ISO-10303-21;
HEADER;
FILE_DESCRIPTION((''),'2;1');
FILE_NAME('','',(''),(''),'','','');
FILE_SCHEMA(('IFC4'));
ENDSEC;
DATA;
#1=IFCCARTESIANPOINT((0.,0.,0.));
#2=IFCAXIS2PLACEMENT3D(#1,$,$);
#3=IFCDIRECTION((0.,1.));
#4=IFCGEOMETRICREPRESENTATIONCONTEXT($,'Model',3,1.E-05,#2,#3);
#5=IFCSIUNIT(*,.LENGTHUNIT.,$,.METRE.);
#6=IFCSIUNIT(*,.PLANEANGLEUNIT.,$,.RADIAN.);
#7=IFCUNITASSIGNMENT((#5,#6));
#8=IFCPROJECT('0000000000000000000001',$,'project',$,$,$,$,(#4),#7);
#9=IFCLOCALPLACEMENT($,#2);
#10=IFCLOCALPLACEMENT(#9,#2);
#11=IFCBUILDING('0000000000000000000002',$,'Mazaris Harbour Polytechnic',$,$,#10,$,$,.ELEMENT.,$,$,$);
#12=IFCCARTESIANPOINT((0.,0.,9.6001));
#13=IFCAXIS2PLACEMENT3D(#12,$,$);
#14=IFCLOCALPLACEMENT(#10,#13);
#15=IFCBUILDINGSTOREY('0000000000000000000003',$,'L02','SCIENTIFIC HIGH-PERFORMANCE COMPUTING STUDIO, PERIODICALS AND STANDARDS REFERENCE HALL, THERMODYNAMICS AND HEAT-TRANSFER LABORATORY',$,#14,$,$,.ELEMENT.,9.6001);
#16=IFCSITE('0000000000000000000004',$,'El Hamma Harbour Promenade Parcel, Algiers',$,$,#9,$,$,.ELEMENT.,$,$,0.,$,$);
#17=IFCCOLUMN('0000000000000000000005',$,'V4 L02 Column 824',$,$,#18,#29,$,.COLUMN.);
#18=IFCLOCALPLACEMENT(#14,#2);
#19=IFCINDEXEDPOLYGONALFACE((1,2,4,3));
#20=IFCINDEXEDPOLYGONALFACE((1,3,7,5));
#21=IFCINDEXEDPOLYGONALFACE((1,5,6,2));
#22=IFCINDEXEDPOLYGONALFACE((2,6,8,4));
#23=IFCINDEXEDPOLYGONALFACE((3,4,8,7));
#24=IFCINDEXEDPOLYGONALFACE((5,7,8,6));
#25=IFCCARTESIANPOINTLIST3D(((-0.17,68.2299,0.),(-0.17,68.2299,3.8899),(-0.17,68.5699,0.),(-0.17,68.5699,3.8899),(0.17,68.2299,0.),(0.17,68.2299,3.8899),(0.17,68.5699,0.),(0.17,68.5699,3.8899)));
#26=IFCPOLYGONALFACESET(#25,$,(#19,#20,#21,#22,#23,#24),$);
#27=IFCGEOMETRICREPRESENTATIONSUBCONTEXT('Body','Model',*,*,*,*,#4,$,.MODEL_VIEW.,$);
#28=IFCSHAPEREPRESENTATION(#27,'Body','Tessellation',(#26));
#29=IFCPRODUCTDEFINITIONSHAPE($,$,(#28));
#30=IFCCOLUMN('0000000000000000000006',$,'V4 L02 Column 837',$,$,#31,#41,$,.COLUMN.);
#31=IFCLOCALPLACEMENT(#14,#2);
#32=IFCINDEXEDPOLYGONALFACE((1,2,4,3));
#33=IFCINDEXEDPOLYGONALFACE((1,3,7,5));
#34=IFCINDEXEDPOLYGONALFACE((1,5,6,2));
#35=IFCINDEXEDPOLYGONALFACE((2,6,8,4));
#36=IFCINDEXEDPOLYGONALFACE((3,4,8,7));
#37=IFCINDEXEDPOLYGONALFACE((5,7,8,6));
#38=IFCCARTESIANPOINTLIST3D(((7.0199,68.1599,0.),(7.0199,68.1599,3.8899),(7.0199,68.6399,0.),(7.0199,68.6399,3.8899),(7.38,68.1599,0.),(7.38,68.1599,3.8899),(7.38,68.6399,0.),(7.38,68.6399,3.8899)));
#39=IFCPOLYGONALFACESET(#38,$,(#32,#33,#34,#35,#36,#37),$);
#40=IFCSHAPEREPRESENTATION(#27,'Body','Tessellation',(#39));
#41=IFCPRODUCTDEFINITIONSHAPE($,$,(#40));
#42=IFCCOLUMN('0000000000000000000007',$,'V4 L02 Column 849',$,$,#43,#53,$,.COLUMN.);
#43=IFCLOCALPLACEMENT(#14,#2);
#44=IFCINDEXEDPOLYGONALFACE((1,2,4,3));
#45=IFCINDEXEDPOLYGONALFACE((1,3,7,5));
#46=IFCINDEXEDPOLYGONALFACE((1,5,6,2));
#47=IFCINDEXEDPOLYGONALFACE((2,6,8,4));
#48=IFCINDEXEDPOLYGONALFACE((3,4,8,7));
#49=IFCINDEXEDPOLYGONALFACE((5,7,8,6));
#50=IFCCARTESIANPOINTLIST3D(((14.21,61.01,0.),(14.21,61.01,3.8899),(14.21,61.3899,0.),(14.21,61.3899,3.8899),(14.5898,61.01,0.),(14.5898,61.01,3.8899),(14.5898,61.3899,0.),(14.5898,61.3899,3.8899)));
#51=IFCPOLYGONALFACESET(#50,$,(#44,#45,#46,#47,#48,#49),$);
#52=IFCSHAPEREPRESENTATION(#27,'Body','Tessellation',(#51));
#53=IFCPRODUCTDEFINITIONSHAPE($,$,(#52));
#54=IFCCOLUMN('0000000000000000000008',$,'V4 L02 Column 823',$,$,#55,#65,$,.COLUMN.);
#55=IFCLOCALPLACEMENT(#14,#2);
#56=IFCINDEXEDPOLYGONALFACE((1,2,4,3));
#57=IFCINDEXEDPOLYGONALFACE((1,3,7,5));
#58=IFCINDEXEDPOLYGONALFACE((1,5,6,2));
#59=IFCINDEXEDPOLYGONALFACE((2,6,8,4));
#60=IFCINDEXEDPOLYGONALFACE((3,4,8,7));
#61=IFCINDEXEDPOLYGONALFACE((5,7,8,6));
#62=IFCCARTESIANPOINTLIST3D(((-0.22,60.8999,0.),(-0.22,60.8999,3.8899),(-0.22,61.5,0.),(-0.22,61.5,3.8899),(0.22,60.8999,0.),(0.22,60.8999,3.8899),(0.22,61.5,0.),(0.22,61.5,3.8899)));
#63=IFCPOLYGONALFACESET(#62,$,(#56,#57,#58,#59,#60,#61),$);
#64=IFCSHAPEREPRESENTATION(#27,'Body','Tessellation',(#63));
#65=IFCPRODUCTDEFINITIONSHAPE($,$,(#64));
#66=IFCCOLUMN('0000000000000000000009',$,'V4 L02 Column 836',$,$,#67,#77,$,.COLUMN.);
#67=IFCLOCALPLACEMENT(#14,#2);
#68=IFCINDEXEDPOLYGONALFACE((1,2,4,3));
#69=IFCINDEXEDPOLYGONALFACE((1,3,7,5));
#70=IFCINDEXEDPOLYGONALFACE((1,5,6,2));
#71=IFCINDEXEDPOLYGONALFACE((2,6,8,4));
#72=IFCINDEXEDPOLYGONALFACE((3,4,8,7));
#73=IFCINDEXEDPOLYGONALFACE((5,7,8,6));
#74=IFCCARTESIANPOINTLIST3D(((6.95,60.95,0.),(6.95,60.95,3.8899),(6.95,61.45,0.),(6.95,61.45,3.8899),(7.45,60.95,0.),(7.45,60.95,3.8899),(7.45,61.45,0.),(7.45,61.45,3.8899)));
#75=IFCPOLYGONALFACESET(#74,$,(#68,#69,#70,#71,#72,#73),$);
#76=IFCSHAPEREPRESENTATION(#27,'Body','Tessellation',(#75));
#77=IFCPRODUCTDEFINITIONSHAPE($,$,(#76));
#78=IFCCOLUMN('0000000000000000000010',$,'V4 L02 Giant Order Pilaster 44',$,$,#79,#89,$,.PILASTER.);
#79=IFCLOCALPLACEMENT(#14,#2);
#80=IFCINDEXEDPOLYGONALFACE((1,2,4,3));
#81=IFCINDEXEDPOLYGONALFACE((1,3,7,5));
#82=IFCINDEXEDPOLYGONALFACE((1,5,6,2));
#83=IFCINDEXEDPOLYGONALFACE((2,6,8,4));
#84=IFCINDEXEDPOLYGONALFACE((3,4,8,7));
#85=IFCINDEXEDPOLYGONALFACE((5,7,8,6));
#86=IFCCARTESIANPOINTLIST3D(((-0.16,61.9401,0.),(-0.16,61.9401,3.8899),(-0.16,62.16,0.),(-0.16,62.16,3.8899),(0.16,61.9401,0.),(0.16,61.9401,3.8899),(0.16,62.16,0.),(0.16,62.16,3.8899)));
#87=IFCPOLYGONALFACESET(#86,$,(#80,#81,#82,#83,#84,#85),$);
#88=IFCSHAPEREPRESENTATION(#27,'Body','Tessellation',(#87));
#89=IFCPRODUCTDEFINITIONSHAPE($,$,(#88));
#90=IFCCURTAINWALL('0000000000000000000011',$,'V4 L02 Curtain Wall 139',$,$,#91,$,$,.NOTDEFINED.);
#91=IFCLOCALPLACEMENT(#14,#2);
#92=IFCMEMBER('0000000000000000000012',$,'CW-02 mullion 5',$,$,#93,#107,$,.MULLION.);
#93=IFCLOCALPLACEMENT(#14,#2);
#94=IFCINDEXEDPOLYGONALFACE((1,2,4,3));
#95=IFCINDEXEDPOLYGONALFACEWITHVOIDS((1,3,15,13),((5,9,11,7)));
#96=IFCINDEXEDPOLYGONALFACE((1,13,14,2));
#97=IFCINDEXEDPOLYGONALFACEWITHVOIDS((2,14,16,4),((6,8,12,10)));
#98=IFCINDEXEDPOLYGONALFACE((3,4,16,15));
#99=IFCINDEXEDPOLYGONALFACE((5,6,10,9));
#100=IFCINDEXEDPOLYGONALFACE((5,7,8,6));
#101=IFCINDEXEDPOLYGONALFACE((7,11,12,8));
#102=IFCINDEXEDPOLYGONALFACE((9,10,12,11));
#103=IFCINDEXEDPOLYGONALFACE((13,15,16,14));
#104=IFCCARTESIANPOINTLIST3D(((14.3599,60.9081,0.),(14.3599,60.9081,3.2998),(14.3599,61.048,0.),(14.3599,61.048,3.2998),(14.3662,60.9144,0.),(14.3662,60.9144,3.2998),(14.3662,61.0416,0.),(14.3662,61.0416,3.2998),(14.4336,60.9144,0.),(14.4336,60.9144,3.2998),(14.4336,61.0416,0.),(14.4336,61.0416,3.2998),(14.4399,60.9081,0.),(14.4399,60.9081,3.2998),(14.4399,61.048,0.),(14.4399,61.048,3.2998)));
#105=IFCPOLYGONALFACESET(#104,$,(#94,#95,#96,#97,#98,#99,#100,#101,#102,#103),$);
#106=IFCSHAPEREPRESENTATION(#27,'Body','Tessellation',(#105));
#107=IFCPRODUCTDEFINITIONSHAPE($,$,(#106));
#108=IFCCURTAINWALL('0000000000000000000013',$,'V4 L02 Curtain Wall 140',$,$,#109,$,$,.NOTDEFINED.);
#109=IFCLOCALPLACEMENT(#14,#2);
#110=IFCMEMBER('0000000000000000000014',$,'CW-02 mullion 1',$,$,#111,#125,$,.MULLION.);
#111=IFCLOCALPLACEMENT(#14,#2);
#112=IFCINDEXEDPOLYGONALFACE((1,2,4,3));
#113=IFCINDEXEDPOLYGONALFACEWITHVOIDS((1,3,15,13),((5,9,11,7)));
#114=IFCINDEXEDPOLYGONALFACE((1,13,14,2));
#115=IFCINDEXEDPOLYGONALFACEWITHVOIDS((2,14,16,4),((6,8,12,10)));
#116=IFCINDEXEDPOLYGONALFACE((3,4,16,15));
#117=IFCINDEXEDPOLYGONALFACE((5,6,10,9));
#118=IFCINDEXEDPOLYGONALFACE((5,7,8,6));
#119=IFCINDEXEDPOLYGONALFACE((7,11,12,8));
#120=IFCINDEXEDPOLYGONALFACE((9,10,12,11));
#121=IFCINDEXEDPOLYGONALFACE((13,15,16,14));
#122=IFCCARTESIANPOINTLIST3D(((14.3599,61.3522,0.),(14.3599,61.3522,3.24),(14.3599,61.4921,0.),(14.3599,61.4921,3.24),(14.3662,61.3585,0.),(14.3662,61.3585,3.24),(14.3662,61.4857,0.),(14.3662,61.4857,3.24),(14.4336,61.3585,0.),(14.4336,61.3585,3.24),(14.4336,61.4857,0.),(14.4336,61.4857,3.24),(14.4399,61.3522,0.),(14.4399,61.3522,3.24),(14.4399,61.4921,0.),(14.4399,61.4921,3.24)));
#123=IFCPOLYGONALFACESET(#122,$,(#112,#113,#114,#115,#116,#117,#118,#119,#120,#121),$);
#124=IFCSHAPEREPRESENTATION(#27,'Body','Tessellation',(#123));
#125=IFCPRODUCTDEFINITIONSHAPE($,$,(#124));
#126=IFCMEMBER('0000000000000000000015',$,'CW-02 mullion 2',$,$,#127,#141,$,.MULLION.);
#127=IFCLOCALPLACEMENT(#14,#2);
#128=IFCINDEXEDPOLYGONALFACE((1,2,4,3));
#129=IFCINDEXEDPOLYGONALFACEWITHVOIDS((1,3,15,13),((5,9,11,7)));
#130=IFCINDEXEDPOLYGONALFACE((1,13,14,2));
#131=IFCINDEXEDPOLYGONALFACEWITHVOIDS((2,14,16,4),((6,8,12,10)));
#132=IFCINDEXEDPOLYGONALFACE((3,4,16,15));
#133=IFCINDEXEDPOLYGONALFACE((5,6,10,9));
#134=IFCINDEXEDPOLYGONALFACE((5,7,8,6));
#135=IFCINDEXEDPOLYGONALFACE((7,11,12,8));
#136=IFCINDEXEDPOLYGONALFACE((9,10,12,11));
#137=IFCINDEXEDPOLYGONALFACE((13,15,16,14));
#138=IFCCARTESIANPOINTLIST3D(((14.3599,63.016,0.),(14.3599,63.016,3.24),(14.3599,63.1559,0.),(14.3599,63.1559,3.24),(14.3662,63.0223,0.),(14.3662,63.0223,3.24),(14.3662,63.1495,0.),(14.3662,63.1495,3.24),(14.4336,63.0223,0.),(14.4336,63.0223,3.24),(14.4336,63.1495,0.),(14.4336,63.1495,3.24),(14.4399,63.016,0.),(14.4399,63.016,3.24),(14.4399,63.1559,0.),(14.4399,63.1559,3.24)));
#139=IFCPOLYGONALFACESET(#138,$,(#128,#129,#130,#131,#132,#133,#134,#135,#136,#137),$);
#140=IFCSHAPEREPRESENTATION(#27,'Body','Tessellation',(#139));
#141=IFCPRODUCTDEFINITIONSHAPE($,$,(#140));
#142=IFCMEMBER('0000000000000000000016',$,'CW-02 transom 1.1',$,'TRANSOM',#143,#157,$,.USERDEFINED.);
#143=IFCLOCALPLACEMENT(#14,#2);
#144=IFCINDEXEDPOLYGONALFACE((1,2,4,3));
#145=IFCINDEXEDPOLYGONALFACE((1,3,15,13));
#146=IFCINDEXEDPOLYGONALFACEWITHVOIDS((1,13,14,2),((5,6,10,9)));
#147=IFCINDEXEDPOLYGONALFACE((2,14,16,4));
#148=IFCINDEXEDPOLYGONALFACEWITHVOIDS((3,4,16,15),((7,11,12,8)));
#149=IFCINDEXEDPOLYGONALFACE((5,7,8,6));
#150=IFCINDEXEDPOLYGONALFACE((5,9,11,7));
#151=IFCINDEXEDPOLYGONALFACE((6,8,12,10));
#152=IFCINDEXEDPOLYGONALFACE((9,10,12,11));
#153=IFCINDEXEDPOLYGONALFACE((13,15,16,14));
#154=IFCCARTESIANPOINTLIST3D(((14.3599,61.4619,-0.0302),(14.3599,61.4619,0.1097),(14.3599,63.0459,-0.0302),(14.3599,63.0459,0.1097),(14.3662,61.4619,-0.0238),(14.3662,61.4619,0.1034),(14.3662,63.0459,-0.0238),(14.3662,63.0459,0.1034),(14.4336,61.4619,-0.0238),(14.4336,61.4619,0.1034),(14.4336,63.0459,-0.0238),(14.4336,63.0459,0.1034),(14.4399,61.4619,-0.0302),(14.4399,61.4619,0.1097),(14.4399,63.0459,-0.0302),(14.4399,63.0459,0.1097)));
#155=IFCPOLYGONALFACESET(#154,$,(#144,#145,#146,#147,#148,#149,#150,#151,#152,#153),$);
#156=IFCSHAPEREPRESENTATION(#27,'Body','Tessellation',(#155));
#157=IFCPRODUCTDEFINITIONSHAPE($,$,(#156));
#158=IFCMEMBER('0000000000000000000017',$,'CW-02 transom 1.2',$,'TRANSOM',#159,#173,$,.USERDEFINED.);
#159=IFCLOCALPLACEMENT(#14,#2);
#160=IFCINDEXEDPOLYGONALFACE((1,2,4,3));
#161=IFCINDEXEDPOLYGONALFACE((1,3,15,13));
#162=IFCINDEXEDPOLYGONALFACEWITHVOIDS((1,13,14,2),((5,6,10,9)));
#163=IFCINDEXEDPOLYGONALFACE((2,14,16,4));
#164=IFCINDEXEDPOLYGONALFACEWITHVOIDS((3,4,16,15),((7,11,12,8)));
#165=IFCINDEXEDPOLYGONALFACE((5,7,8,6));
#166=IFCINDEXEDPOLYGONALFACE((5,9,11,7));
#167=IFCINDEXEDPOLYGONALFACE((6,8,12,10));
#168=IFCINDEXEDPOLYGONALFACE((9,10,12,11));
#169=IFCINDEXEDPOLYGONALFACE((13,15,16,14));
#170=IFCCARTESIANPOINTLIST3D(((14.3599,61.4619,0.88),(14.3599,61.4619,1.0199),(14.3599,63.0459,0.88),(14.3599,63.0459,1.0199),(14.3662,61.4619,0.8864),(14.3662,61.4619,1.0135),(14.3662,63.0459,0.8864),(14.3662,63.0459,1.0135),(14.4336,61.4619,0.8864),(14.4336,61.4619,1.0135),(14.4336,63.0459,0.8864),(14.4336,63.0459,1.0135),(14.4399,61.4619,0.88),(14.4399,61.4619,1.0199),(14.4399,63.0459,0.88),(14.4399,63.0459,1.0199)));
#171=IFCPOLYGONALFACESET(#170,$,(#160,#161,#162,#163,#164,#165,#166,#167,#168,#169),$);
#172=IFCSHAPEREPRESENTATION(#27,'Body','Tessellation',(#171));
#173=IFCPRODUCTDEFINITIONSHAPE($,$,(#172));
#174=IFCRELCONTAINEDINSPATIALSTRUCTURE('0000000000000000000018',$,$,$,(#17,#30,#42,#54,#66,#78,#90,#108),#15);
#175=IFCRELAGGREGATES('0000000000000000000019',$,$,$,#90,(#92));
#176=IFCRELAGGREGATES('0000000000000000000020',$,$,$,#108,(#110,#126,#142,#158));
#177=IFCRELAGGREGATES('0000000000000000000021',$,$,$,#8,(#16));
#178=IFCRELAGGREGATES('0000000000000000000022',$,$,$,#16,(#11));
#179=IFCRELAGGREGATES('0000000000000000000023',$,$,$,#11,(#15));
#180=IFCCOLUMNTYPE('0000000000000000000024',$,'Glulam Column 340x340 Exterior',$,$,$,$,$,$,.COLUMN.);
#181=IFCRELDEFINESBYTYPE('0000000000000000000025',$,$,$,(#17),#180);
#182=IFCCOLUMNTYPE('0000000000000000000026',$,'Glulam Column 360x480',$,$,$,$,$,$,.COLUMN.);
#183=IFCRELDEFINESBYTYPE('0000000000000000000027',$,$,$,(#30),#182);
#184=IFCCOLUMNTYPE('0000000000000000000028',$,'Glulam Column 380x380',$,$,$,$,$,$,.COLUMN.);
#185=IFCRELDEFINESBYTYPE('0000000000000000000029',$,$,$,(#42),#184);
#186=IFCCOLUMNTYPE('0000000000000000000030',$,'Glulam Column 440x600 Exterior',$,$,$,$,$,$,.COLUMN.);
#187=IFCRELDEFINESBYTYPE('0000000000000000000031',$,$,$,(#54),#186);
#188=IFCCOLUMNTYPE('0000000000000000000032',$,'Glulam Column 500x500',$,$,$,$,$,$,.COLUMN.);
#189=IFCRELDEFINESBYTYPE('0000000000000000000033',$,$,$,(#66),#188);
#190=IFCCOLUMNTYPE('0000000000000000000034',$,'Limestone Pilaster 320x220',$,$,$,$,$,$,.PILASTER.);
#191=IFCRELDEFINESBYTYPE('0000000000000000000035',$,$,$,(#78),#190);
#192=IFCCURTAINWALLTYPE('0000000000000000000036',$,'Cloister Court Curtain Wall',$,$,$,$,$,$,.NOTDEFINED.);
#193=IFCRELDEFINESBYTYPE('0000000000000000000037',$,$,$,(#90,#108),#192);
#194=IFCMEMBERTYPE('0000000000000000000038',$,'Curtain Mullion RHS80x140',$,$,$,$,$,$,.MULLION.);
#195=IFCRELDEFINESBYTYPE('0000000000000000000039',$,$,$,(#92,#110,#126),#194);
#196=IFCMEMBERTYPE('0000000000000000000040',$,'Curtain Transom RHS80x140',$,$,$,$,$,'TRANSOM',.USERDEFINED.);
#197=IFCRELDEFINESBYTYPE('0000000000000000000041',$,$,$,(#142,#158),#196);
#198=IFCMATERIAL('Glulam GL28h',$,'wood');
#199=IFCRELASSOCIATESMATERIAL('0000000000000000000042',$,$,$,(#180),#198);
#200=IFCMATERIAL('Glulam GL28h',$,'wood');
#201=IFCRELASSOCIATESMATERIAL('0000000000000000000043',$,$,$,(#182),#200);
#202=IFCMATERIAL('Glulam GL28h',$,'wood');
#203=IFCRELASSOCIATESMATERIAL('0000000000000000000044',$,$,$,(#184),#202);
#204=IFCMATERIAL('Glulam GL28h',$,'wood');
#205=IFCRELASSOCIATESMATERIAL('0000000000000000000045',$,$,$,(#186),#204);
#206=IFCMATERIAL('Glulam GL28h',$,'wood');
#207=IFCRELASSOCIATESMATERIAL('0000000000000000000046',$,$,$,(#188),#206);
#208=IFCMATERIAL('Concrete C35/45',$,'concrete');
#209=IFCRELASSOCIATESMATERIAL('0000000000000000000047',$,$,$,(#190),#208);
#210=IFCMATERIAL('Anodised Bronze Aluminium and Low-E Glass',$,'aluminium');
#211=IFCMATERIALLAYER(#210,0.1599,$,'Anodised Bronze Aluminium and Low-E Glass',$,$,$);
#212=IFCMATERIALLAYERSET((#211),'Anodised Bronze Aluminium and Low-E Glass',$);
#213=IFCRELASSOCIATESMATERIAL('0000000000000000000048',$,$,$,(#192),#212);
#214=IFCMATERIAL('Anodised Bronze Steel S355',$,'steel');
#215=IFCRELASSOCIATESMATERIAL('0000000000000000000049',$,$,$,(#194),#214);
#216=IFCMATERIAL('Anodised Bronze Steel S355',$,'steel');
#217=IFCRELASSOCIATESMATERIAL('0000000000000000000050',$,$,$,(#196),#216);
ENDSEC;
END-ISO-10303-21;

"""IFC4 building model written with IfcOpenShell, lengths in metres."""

from ifc_helpers import new_model, si_unit, direction, frame, origin, origin_2d, place, context, subcontext, project, spatial, rectangle, hollow_rectangle, extrude, material, layer, layer_set, material_profile, profile_set, type_object, element, aggregate, save


model = new_model("IFC4")

# Units and contexts
model_context = context("Model", 3, precision=1e-05, world=origin(), true_north=direction((0.0, 1.0)))
body_context = subcontext(model_context, "Body", "Model", "MODEL_VIEW")
ifc_project = project(units=[si_unit("LENGTHUNIT", "METRE"), si_unit("PLANEANGLEUNIT", "RADIAN")], contexts=[model_context])

# Site, building, storey
site_placement = place(None, origin())
site = spatial("IfcSite", under=ifc_project, at=site_placement, Name="El Hamma Harbour Promenade Parcel, Algiers", CompositionType="ELEMENT", RefElevation=0.0)
building_placement = place(site_placement, origin())
building = spatial("IfcBuilding", under=site, at=building_placement, Name="Mazaris Harbour Polytechnic", CompositionType="ELEMENT")
storey_placement = place(building_placement, frame((0.0, 0.0, 9.6001)))
storey = spatial("IfcBuildingStorey", under=building, at=storey_placement, Name="L02", Description="SCIENTIFIC HIGH-PERFORMANCE COMPUTING STUDIO, PERIODICALS AND STANDARDS REFERENCE HALL, THERMODYNAMICS AND HEAT-TRANSFER LABORATORY", CompositionType="ELEMENT", Elevation=9.6001)

# Columns
ifc_material_1 = material(Name="Glulam GL28h", Category="wood")
ifc_material_profile_1 = material_profile(ifc_material_1, rectangle(XDim=0.3401, YDim=0.3401, at=origin_2d()), Name="RECT340x340")
ifc_profile_set_1 = profile_set([ifc_material_profile_1], Name="Glulam GL28h")
column_type_1 = type_object("IfcColumnType", Name="Glulam Column 340x340 Exterior", PredefinedType="COLUMN", material=ifc_profile_set_1)
column_1_placement = place(storey_placement, frame((0.0, 68.3999, 0.0), z_axis=(0.0, 0.0, 1.0), x_axis=(1.0, 0.0, 0.0)))
element("IfcColumn", 1, at=column_1_placement, inside=storey, type_object=column_type_1, Name="V4 L02 Column 824", PredefinedType="COLUMN", context=body_context, shape_type="SweptSolid", body=[
    extrude(rectangle(XDim=0.3401, YDim=0.3401, at=origin_2d()), origin(), (0.0, 0.0, 1.0), 3.8899),
])
ifc_material_2 = material(Name="Glulam GL28h", Category="wood")
ifc_material_profile_2 = material_profile(ifc_material_2, rectangle(XDim=0.3601, YDim=0.48, at=origin_2d()), Name="RECT360x480")
ifc_profile_set_2 = profile_set([ifc_material_profile_2], Name="Glulam GL28h")
column_type_2 = type_object("IfcColumnType", Name="Glulam Column 360x480", PredefinedType="COLUMN", material=ifc_profile_set_2)
column_2_placement = place(storey_placement, frame((7.2, 68.3999, 0.0), z_axis=(0.0, 0.0, 1.0), x_axis=(1.0, 0.0, 0.0)))
element("IfcColumn", 2, at=column_2_placement, inside=storey, type_object=column_type_2, Name="V4 L02 Column 837", PredefinedType="COLUMN", context=body_context, shape_type="SweptSolid", body=[
    extrude(rectangle(XDim=0.3601, YDim=0.48, at=origin_2d()), origin(), (0.0, 0.0, 1.0), 3.8899),
])
ifc_material_3 = material(Name="Glulam GL28h", Category="wood")
ifc_material_profile_3 = material_profile(ifc_material_3, rectangle(XDim=0.3799, YDim=0.3799, at=origin_2d()), Name="RECT380x380")
ifc_profile_set_3 = profile_set([ifc_material_profile_3], Name="Glulam GL28h")
column_type_3 = type_object("IfcColumnType", Name="Glulam Column 380x380", PredefinedType="COLUMN", material=ifc_profile_set_3)
column_3_placement = place(storey_placement, frame((14.3999, 61.2, 0.0), z_axis=(0.0, 0.0, 1.0), x_axis=(1.0, 0.0, 0.0)))
element("IfcColumn", 3, at=column_3_placement, inside=storey, type_object=column_type_3, Name="V4 L02 Column 849", PredefinedType="COLUMN", context=body_context, shape_type="SweptSolid", body=[
    extrude(rectangle(XDim=0.3799, YDim=0.3799, at=origin_2d()), origin(), (0.0, 0.0, 1.0), 3.8899),
])
ifc_material_4 = material(Name="Glulam GL28h", Category="wood")
ifc_material_profile_4 = material_profile(ifc_material_4, rectangle(XDim=0.4399, YDim=0.6001, at=origin_2d()), Name="RECT440x600")
ifc_profile_set_4 = profile_set([ifc_material_profile_4], Name="Glulam GL28h")
column_type_4 = type_object("IfcColumnType", Name="Glulam Column 440x600 Exterior", PredefinedType="COLUMN", material=ifc_profile_set_4)
column_4_placement = place(storey_placement, frame((0.0, 61.2, 0.0), z_axis=(0.0, 0.0, 1.0), x_axis=(1.0, 0.0, 0.0)))
element("IfcColumn", 4, at=column_4_placement, inside=storey, type_object=column_type_4, Name="V4 L02 Column 823", PredefinedType="COLUMN", context=body_context, shape_type="SweptSolid", body=[
    extrude(rectangle(XDim=0.4399, YDim=0.6001, at=origin_2d()), origin(), (0.0, 0.0, 1.0), 3.8899),
])
ifc_material_5 = material(Name="Glulam GL28h", Category="wood")
ifc_material_profile_5 = material_profile(ifc_material_5, rectangle(XDim=0.5, YDim=0.5, at=origin_2d()), Name="RECT500x500")
ifc_profile_set_5 = profile_set([ifc_material_profile_5], Name="Glulam GL28h")
column_type_5 = type_object("IfcColumnType", Name="Glulam Column 500x500", PredefinedType="COLUMN", material=ifc_profile_set_5)
column_5_placement = place(storey_placement, frame((7.2, 61.2, 0.0), z_axis=(0.0, 0.0, 1.0), x_axis=(1.0, 0.0, 0.0)))
element("IfcColumn", 5, at=column_5_placement, inside=storey, type_object=column_type_5, Name="V4 L02 Column 836", PredefinedType="COLUMN", context=body_context, shape_type="SweptSolid", body=[
    extrude(rectangle(XDim=0.5, YDim=0.5, at=origin_2d()), origin(), (0.0, 0.0, 1.0), 3.8899),
])
ifc_material_6 = material(Name="Concrete C35/45", Category="concrete")
ifc_material_profile_6 = material_profile(ifc_material_6, rectangle(XDim=0.3201, YDim=0.22, at=origin_2d()), Name="RECT320x220")
ifc_profile_set_6 = profile_set([ifc_material_profile_6], Name="Concrete C35/45")
column_type_6 = type_object("IfcColumnType", Name="Limestone Pilaster 320x220", PredefinedType="PILASTER", material=ifc_profile_set_6)
column_6_placement = place(storey_placement, frame((0.0, 62.05, 0.0), z_axis=(0.0, 0.0, 1.0), x_axis=(1.0, 0.0, 0.0)))
element("IfcColumn", 6, at=column_6_placement, inside=storey, type_object=column_type_6, Name="V4 L02 Giant Order Pilaster 44", PredefinedType="PILASTER", context=body_context, shape_type="SweptSolid", body=[
    extrude(rectangle(XDim=0.3201, YDim=0.22, at=origin_2d()), origin(), (0.0, 0.0, 1.0), 3.8899),
])

# Curtain wall, member
ifc_material_7 = material(Name="Anodised Bronze Aluminium and Low-E Glass", Category="aluminium")
ifc_layer_1 = layer(ifc_material_7, 0.1599, Name="Anodised Bronze Aluminium and Low-E Glass")
ifc_layer_set_1 = layer_set([ifc_layer_1], Name="Anodised Bronze Aluminium and Low-E Glass")
curtain_wall_type = type_object("IfcCurtainWallType", Name="Cloister Court Curtain Wall", PredefinedType="NOTDEFINED", material=ifc_layer_set_1)
curtain_wall_1_placement = place(storey_placement, origin())
curtain_wall_1 = element("IfcCurtainWall", 7, at=curtain_wall_1_placement, inside=storey, type_object=curtain_wall_type, Name="V4 L02 Curtain Wall 139", PredefinedType="NOTDEFINED")
ifc_material_8 = material(Name="Anodised Bronze Steel S355", Category="steel")
ifc_material_profile_7 = material_profile(ifc_material_8, hollow_rectangle(XDim=0.0801, YDim=0.1399, WallThickness=0.0063, at=origin_2d()), Name="RHS 80x140x6.3")
ifc_profile_set_7 = profile_set([ifc_material_profile_7], Name="Anodised Bronze Steel S355")
member_type_1 = type_object("IfcMemberType", Name="Curtain Mullion RHS80x140", PredefinedType="MULLION", material=ifc_profile_set_7)
member_1_placement = place(storey_placement, frame((14.3999, 60.978, 0.0), z_axis=(0.0, 0.0, 1.0), x_axis=(-1.0, 0.0, 0.0)))
member_1 = element("IfcMember", 8, at=member_1_placement, type_object=member_type_1, Name="CW-02 mullion 5", PredefinedType="MULLION", context=body_context, shape_type="SweptSolid", body=[
    extrude(hollow_rectangle(XDim=0.0801, YDim=0.1399, WallThickness=0.0063, at=origin_2d()), origin(), (0.0, 0.0, 1.0), 3.2998),
])
aggregate(curtain_wall_1, [member_1])

# Curtain wall, members
curtain_wall_2_placement = place(storey_placement, origin())
curtain_wall_2 = element("IfcCurtainWall", 9, at=curtain_wall_2_placement, inside=storey, type_object=curtain_wall_type, Name="V4 L02 Curtain Wall 140", PredefinedType="NOTDEFINED")
member_2_placement = place(storey_placement, frame((14.3999, 61.4221, 0.0), z_axis=(0.0, 0.0, 1.0), x_axis=(-1.0, 0.0, 0.0)))
member_2 = element("IfcMember", 10, at=member_2_placement, type_object=member_type_1, Name="CW-02 mullion 1", PredefinedType="MULLION", context=body_context, shape_type="SweptSolid", body=[
    extrude(hollow_rectangle(XDim=0.0801, YDim=0.1399, WallThickness=0.0063, at=origin_2d()), origin(), (0.0, 0.0, 1.0), 3.24),
])
member_3_placement = place(storey_placement, frame((14.3999, 63.0859, 0.0), z_axis=(0.0, 0.0, 1.0), x_axis=(-1.0, 0.0, 0.0)))
member_3 = element("IfcMember", 11, at=member_3_placement, type_object=member_type_1, Name="CW-02 mullion 2", PredefinedType="MULLION", context=body_context, shape_type="SweptSolid", body=[
    extrude(hollow_rectangle(XDim=0.0801, YDim=0.1399, WallThickness=0.0063, at=origin_2d()), origin(), (0.0, 0.0, 1.0), 3.24),
])
ifc_material_9 = material(Name="Anodised Bronze Steel S355", Category="steel")
ifc_material_profile_8 = material_profile(ifc_material_9, hollow_rectangle(XDim=0.0801, YDim=0.1399, WallThickness=0.0063, at=origin_2d()), Name="RHS 80x140x6.3")
ifc_profile_set_8 = profile_set([ifc_material_profile_8], Name="Anodised Bronze Steel S355")
member_type_2 = type_object("IfcMemberType", Name="Curtain Transom RHS80x140", ElementType="TRANSOM", PredefinedType="USERDEFINED", material=ifc_profile_set_8)
member_4_placement = place(storey_placement, frame((14.3999, 61.4619, 0.0398), z_axis=(0.0, 1.0, 0.0), x_axis=(-1.0, 0.0, 0.0)))
member_4 = element("IfcMember", 12, at=member_4_placement, type_object=member_type_2, Name="CW-02 transom 1.1", ObjectType="TRANSOM", PredefinedType="USERDEFINED", context=body_context, shape_type="SweptSolid", body=[
    extrude(hollow_rectangle(XDim=0.0801, YDim=0.1399, WallThickness=0.0063, at=origin_2d()), origin(), (0.0, 0.0, 1.0), 1.584),
])
member_5_placement = place(storey_placement, frame((14.3999, 61.4619, 0.95), z_axis=(0.0, 1.0, 0.0), x_axis=(-1.0, 0.0, 0.0)))
member_5 = element("IfcMember", 13, at=member_5_placement, type_object=member_type_2, Name="CW-02 transom 1.2", ObjectType="TRANSOM", PredefinedType="USERDEFINED", context=body_context, shape_type="SweptSolid", body=[
    extrude(hollow_rectangle(XDim=0.0801, YDim=0.1399, WallThickness=0.0063, at=origin_2d()), origin(), (0.0, 0.0, 1.0), 1.584),
])

aggregate(curtain_wall_2, [member_2, member_3, member_4, member_5])

save(model, "model.ifc")
